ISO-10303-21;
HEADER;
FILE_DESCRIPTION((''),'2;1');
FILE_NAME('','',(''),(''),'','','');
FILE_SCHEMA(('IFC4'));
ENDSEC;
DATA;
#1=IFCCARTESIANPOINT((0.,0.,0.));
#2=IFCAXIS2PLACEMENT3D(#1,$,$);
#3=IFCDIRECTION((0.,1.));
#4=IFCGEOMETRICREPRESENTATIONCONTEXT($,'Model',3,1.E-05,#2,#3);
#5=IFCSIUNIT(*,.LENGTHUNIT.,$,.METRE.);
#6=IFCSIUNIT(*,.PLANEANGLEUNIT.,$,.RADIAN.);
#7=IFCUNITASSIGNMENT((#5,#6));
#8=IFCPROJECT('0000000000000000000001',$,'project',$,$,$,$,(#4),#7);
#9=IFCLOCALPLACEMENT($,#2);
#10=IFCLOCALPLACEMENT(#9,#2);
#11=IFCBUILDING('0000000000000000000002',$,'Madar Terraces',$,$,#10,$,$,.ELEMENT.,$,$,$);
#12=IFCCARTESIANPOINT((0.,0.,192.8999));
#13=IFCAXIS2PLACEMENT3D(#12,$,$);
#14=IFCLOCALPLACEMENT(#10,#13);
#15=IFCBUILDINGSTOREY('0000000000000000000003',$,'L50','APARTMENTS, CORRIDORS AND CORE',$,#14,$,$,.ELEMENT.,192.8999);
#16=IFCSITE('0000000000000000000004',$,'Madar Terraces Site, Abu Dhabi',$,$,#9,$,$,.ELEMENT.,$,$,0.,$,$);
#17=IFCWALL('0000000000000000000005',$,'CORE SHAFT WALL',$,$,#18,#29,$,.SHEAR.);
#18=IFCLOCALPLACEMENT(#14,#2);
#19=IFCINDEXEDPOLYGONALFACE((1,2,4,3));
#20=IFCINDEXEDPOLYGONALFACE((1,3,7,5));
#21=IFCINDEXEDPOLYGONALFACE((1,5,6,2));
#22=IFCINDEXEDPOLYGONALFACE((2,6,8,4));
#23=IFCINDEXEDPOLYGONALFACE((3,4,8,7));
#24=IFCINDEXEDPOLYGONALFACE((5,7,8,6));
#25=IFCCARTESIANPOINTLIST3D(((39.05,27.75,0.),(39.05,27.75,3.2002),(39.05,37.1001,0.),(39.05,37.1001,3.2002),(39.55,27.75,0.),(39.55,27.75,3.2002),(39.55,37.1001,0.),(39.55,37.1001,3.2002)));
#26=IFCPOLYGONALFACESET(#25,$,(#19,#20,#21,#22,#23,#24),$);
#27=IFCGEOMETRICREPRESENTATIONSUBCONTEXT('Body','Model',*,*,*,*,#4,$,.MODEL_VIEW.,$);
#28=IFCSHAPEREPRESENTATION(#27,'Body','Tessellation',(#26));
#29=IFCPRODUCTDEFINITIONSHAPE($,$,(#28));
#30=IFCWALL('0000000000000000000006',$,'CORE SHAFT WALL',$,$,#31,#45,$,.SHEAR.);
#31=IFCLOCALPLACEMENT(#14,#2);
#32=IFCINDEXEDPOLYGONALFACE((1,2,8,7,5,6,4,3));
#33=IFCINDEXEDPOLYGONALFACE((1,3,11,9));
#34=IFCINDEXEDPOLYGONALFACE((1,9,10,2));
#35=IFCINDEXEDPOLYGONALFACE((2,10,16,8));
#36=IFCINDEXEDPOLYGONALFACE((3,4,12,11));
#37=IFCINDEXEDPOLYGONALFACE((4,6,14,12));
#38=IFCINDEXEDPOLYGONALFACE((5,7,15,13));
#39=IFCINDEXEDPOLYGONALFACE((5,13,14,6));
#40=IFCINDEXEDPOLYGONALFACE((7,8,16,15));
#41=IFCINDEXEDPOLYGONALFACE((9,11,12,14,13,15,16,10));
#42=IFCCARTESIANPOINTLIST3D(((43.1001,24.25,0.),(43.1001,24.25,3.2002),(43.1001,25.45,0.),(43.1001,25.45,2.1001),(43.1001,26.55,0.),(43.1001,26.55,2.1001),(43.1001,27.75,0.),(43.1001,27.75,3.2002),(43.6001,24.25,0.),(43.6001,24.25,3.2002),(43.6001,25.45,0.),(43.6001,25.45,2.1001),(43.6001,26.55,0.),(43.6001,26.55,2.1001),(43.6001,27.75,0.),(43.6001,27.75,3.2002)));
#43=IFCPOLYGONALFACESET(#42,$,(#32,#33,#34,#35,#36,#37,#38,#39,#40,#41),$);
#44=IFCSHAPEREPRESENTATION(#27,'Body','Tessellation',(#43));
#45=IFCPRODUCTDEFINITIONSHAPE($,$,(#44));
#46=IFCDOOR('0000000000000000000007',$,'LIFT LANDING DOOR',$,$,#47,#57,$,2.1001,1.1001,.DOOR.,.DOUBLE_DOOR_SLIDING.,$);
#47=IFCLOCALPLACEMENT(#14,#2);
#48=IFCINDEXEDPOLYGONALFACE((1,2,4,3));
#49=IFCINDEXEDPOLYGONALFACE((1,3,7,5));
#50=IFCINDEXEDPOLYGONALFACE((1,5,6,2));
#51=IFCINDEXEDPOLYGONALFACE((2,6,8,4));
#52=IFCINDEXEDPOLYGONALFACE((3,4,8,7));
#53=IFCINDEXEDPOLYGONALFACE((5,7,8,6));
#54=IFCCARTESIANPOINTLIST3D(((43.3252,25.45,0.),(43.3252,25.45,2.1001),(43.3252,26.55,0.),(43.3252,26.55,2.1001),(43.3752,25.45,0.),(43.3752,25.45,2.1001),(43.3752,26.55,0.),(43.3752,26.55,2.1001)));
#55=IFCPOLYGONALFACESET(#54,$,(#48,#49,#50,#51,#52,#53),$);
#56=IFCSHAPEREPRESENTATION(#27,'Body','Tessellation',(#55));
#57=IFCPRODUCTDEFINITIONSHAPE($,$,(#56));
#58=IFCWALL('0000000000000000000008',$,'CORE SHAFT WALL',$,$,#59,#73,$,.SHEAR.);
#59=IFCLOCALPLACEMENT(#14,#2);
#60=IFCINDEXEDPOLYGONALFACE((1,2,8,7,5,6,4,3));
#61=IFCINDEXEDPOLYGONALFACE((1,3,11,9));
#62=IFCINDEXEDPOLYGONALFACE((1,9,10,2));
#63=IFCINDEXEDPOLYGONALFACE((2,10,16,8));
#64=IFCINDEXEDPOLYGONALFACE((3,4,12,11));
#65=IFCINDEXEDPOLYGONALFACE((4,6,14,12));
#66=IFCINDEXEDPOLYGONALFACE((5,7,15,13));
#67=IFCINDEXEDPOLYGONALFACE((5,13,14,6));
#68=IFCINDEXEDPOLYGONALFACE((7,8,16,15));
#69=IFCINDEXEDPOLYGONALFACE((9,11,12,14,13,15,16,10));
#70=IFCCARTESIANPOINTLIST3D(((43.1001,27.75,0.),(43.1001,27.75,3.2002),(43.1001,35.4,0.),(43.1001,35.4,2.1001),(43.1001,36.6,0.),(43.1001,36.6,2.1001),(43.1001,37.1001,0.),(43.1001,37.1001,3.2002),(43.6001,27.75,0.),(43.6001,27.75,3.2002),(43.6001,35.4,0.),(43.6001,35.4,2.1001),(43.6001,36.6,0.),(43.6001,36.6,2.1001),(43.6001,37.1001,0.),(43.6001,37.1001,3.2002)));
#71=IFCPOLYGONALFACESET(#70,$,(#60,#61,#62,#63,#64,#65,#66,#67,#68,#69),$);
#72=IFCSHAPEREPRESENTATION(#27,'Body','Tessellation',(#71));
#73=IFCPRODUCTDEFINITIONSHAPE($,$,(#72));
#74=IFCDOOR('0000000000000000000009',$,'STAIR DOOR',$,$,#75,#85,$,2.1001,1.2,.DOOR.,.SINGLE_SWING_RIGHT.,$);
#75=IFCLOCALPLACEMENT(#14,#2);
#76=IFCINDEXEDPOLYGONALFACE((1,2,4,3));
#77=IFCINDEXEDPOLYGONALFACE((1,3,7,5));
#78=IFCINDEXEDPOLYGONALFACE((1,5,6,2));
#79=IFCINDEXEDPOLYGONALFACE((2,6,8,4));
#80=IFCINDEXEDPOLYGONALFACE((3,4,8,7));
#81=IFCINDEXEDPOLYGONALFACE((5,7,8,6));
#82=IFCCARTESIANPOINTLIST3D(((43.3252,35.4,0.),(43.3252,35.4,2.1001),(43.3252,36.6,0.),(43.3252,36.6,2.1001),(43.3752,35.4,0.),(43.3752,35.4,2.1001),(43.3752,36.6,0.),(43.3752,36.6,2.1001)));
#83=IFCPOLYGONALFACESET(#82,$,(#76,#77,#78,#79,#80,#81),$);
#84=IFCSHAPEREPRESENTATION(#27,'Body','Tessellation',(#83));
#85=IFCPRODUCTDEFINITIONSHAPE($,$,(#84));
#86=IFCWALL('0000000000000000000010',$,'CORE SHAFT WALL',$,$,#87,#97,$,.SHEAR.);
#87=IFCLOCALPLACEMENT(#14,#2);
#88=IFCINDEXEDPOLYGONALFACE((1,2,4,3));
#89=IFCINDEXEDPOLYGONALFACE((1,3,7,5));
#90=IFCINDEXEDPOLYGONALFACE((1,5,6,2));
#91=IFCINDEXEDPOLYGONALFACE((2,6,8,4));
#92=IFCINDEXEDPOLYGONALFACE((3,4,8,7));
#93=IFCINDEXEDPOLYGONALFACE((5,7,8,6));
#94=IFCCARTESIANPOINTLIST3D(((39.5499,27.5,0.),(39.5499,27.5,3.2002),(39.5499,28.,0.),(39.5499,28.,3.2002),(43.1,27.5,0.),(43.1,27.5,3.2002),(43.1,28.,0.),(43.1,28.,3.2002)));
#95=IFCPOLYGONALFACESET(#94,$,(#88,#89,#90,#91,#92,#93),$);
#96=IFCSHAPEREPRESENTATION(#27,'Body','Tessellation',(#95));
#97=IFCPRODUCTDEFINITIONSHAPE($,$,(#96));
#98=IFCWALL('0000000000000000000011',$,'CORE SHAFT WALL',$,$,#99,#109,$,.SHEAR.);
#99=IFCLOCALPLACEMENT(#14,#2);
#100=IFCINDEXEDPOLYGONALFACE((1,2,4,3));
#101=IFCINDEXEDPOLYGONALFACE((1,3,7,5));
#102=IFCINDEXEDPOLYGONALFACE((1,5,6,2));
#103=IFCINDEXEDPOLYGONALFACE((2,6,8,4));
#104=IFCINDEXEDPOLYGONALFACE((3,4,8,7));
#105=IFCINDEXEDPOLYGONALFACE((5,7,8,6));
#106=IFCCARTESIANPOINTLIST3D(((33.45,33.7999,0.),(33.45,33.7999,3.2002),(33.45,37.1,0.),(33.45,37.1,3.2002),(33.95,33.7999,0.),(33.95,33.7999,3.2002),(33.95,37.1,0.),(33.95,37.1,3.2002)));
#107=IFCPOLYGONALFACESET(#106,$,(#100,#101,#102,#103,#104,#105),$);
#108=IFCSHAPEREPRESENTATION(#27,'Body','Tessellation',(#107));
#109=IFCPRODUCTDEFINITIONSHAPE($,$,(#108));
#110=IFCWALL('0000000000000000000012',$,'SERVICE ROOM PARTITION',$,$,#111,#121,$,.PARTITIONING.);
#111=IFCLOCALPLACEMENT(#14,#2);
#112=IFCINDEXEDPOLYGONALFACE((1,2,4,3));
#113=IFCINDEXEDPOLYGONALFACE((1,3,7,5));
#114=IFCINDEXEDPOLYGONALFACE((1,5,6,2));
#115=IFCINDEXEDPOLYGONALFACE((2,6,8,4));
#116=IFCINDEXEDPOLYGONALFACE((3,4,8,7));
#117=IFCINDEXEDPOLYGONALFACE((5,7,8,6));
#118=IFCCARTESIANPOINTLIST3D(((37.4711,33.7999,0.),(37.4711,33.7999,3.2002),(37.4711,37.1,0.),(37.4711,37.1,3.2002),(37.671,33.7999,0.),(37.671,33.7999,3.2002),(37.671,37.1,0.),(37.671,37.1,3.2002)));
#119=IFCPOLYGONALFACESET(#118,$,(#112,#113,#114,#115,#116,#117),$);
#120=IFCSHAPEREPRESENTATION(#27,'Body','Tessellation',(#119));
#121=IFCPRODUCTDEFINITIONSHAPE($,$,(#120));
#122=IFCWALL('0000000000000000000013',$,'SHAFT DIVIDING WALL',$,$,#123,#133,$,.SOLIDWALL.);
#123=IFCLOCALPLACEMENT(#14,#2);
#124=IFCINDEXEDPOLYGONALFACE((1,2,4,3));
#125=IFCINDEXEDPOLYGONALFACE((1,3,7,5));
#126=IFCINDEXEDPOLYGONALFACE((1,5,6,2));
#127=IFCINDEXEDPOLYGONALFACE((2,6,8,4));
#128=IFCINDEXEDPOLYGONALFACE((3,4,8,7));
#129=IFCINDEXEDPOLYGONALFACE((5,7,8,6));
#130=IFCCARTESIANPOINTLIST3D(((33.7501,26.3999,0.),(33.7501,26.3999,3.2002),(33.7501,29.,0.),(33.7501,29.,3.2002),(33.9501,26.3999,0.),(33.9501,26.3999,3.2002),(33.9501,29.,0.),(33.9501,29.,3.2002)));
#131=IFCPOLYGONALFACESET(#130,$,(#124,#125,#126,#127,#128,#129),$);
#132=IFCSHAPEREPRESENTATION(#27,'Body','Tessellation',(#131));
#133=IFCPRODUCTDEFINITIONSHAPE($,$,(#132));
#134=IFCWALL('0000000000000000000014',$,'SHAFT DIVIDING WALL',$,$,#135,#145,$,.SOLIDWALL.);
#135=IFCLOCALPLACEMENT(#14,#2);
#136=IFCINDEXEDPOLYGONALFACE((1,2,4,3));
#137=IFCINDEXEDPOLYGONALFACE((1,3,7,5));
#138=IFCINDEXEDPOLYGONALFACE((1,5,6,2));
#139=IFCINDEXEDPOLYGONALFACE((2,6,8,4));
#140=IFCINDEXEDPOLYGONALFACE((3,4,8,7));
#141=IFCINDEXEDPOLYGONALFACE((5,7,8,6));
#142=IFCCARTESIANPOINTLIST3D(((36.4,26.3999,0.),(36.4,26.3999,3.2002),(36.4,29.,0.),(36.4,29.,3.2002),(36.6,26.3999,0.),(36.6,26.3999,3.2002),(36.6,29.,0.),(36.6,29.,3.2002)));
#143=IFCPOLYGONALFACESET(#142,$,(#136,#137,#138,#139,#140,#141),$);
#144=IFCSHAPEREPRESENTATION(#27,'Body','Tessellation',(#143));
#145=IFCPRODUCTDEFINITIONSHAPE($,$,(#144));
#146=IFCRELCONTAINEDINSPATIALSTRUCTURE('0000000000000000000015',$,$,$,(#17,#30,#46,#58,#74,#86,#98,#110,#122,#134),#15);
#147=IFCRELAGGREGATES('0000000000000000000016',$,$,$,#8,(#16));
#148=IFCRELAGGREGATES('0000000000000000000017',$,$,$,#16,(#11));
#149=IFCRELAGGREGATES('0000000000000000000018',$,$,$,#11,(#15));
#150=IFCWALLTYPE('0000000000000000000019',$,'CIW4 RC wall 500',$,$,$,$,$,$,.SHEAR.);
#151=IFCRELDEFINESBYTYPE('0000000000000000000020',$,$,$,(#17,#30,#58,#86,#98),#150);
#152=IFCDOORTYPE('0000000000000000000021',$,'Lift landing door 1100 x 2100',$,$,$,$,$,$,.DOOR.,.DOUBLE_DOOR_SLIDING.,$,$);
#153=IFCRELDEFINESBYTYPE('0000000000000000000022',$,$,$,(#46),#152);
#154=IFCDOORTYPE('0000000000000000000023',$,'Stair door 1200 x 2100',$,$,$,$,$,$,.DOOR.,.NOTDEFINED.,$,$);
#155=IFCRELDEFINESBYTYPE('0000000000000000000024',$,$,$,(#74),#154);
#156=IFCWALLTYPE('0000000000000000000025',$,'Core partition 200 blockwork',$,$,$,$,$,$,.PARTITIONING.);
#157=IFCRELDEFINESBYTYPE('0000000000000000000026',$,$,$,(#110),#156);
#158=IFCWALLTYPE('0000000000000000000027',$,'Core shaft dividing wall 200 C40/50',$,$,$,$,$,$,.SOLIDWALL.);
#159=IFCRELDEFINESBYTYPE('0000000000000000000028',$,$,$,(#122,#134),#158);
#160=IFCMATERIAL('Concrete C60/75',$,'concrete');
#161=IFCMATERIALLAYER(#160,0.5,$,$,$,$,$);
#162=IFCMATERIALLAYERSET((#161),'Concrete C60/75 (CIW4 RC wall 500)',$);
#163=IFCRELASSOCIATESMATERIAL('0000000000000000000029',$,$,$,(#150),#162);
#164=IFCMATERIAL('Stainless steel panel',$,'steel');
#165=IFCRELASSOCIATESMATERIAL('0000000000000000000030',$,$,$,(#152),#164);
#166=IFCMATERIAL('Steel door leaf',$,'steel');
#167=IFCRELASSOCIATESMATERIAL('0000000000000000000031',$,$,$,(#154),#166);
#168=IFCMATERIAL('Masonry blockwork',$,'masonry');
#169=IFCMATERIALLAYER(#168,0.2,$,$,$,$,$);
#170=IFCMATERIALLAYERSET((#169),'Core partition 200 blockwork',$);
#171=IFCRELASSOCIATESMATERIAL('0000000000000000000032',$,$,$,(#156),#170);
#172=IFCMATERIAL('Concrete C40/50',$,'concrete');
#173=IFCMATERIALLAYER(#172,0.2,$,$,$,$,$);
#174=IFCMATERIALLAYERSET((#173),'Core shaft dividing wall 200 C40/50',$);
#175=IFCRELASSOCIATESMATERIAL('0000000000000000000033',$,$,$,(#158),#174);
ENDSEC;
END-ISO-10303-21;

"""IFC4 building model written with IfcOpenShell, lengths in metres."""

from ifc_helpers import new_model, si_unit, direction, frame, frame_2d, origin, place, context, subcontext, project, spatial, rectangle, extrude, material, layer, layer_set, type_object, element, fill, save


model = new_model("IFC4")

# Units and contexts
model_context = context("Model", 3, precision=1e-05, world=origin(), true_north=direction((0.0, 1.0)))
body_context = subcontext(model_context, "Body", "Model", "MODEL_VIEW")
ifc_project = project(units=[si_unit("LENGTHUNIT", "METRE"), si_unit("PLANEANGLEUNIT", "RADIAN")], contexts=[model_context])

# Site, building, storey
site_placement = place(None, origin())
site = spatial("IfcSite", under=ifc_project, at=site_placement, Name="Madar Terraces Site, Abu Dhabi", CompositionType="ELEMENT", RefElevation=0.0)
building_placement = place(site_placement, origin())
building = spatial("IfcBuilding", under=site, at=building_placement, Name="Madar Terraces", CompositionType="ELEMENT")
storey_placement = place(building_placement, frame((0.0, 0.0, 192.8999)))
storey = spatial("IfcBuildingStorey", under=building, at=storey_placement, Name="L50", Description="APARTMENTS, CORRIDORS AND CORE", CompositionType="ELEMENT", Elevation=192.8999)

# Wall
ifc_material_1 = material(Name="Concrete C60/75", Category="concrete")
ifc_layer_1 = layer(ifc_material_1, 0.5)
ifc_layer_set_1 = layer_set([ifc_layer_1], Name="Concrete C60/75 (CIW4 RC wall 500)")
wall_type_1 = type_object("IfcWallType", Name="CIW4 RC wall 500", PredefinedType="SHEAR", material=ifc_layer_set_1)
wall_1_placement = place(storey_placement, frame((39.3, 27.75, 0.0), z_axis=(0.0, 0.0, 1.0), x_axis=(0.0, 1.0, 0.0)))
element("IfcWall", 1, at=wall_1_placement, inside=storey, type_object=wall_type_1, Name="CORE SHAFT WALL", PredefinedType="SHEAR", context=body_context, shape_type="SweptSolid", body=[
    extrude(rectangle(XDim=9.3501, YDim=0.5, at=frame_2d((4.675, 0.0))), origin(), (0.0, 0.0, 1.0), 3.2002),
])

# Walls, openings, doors
wall_2_placement = place(storey_placement, frame((43.3501, 24.25, 0.0), z_axis=(0.0, 0.0, 1.0), x_axis=(0.0, 1.0, 0.0)))
wall_2 = element("IfcWall", 2, at=wall_2_placement, inside=storey, type_object=wall_type_1, Name="CORE SHAFT WALL", PredefinedType="SHEAR", context=body_context, shape_type="SweptSolid", body=[
    extrude(rectangle(XDim=3.5, YDim=0.5, at=frame_2d((1.75, 0.0))), origin(), (0.0, 0.0, 1.0), 3.2002),
])
opening_1_placement = place(wall_2_placement, frame((1.2, 0.0, 0.0)))
opening_1 = element("IfcOpeningElement", 3, at=opening_1_placement, cuts=wall_2, PredefinedType="OPENING", context=body_context, shape_type="SweptSolid", body=[
    extrude(rectangle(XDim=1.1001, YDim=2.1001, at=frame_2d((0.55, 1.05))), frame((0.0, 0.26, 0.0), z_axis=(0.0, -1.0, 0.0), x_axis=(1.0, 0.0, 0.0)), (0.0, 0.0, 1.0), 0.52),
])
ifc_material_2 = material(Name="Stainless steel panel", Category="steel")
door_type_1 = type_object("IfcDoorType", Name="Lift landing door 1100 x 2100", OperationType="DOUBLE_DOOR_SLIDING", PredefinedType="DOOR", material=ifc_material_2)
door_1_placement = place(opening_1_placement, origin())
door_1 = element("IfcDoor", 4, at=door_1_placement, inside=storey, type_object=door_type_1, Name="LIFT LANDING DOOR", OperationType="DOUBLE_DOOR_SLIDING", OverallHeight=2.1001, OverallWidth=1.1001, PredefinedType="DOOR", context=body_context, shape_type="SweptSolid", body=[
    extrude(rectangle(XDim=1.1001, YDim=2.1001, at=frame_2d((0.55, 1.05))), frame((0.0, 0.0249, 0.0), z_axis=(0.0, -1.0, 0.0), x_axis=(1.0, 0.0, 0.0)), (0.0, 0.0, 1.0), 0.05),
])
fill(opening_1, door_1)
wall_3_placement = place(storey_placement, frame((43.3501, 27.75, 0.0), z_axis=(0.0, 0.0, 1.0), x_axis=(0.0, 1.0, 0.0)))
wall_3 = element("IfcWall", 5, at=wall_3_placement, inside=storey, type_object=wall_type_1, Name="CORE SHAFT WALL", PredefinedType="SHEAR", context=body_context, shape_type="SweptSolid", body=[
    extrude(rectangle(XDim=9.3501, YDim=0.5, at=frame_2d((4.675, 0.0))), origin(), (0.0, 0.0, 1.0), 3.2002),
])
opening_2_placement = place(wall_3_placement, frame((7.6499, 0.0, 0.0)))
opening_2 = element("IfcOpeningElement", 6, at=opening_2_placement, cuts=wall_3, PredefinedType="OPENING", context=body_context, shape_type="SweptSolid", body=[
    extrude(rectangle(XDim=1.2, YDim=2.1001, at=frame_2d((0.6001, 1.05))), frame((0.0, 0.26, 0.0), z_axis=(0.0, -1.0, 0.0), x_axis=(1.0, 0.0, 0.0)), (0.0, 0.0, 1.0), 0.52),
])
ifc_material_3 = material(Name="Steel door leaf", Category="steel")
door_type_2 = type_object("IfcDoorType", Name="Stair door 1200 x 2100", OperationType="NOTDEFINED", PredefinedType="DOOR", material=ifc_material_3)
door_2_placement = place(opening_2_placement, origin())
door_2 = element("IfcDoor", 7, at=door_2_placement, inside=storey, type_object=door_type_2, Name="STAIR DOOR", OperationType="SINGLE_SWING_RIGHT", OverallHeight=2.1001, OverallWidth=1.2, PredefinedType="DOOR", context=body_context, shape_type="SweptSolid", body=[
    extrude(rectangle(XDim=1.2, YDim=2.1001, at=frame_2d((0.6001, 1.05))), frame((0.0, 0.0249, 0.0), z_axis=(0.0, -1.0, 0.0), x_axis=(1.0, 0.0, 0.0)), (0.0, 0.0, 1.0), 0.05),
])
fill(opening_2, door_2)

# Walls
wall_4_placement = place(storey_placement, frame((39.55, 27.75, 0.0), z_axis=(0.0, 0.0, 1.0), x_axis=(1.0, 0.0, 0.0)))
element("IfcWall", 8, at=wall_4_placement, inside=storey, type_object=wall_type_1, Name="CORE SHAFT WALL", PredefinedType="SHEAR", context=body_context, shape_type="SweptSolid", body=[
    extrude(rectangle(XDim=3.55, YDim=0.5, at=frame_2d((1.7749, 0.0))), origin(), (0.0, 0.0, 1.0), 3.2002),
])
wall_5_placement = place(storey_placement, frame((33.7, 33.8, 0.0), z_axis=(0.0, 0.0, 1.0), x_axis=(0.0, 1.0, 0.0)))
element("IfcWall", 9, at=wall_5_placement, inside=storey, type_object=wall_type_1, Name="CORE SHAFT WALL", PredefinedType="SHEAR", context=body_context, shape_type="SweptSolid", body=[
    extrude(rectangle(XDim=3.3, YDim=0.5, at=frame_2d((1.6499, 0.0))), origin(), (0.0, 0.0, 1.0), 3.2002),
])
ifc_material_4 = material(Name="Masonry blockwork", Category="masonry")
ifc_layer_2 = layer(ifc_material_4, 0.2)
ifc_layer_set_2 = layer_set([ifc_layer_2], Name="Core partition 200 blockwork")
wall_type_2 = type_object("IfcWallType", Name="Core partition 200 blockwork", PredefinedType="PARTITIONING", material=ifc_layer_set_2)
wall_6_placement = place(storey_placement, frame((37.571, 33.8, 0.0), z_axis=(0.0, 0.0, 1.0), x_axis=(0.0, 1.0, 0.0)))
element("IfcWall", 10, at=wall_6_placement, inside=storey, type_object=wall_type_2, Name="SERVICE ROOM PARTITION", PredefinedType="PARTITIONING", context=body_context, shape_type="SweptSolid", body=[
    extrude(rectangle(XDim=3.3, YDim=0.2, at=frame_2d((1.6499, 0.0))), origin(), (0.0, 0.0, 1.0), 3.2002),
])
ifc_material_5 = material(Name="Concrete C40/50", Category="concrete")
ifc_layer_3 = layer(ifc_material_5, 0.2)
ifc_layer_set_3 = layer_set([ifc_layer_3], Name="Core shaft dividing wall 200 C40/50")
wall_type_3 = type_object("IfcWallType", Name="Core shaft dividing wall 200 C40/50", PredefinedType="SOLIDWALL", material=ifc_layer_set_3)
for number, where, z_axis, x_axis, name in (
    (11, (33.8501, 26.3999, 0.0), (0.0, 0.0, 1.0), (0.0, 1.0, 0.0), "SHAFT DIVIDING WALL"),
    (12, (36.5, 26.3999, 0.0), (0.0, 0.0, 1.0), (0.0, 1.0, 0.0), "SHAFT DIVIDING WALL"),
):
    element("IfcWall", number, at=place(storey_placement, frame(where, z_axis=z_axis, x_axis=x_axis)), inside=storey, type_object=wall_type_3, Name=name, PredefinedType="SOLIDWALL", context=body_context, shape_type="SweptSolid", body=[
        extrude(rectangle(XDim=2.6001, YDim=0.2, at=frame_2d((1.3, 0.0))), origin(), (0.0, 0.0, 1.0), 3.2002),
    ])

save(model, "model.ifc")
